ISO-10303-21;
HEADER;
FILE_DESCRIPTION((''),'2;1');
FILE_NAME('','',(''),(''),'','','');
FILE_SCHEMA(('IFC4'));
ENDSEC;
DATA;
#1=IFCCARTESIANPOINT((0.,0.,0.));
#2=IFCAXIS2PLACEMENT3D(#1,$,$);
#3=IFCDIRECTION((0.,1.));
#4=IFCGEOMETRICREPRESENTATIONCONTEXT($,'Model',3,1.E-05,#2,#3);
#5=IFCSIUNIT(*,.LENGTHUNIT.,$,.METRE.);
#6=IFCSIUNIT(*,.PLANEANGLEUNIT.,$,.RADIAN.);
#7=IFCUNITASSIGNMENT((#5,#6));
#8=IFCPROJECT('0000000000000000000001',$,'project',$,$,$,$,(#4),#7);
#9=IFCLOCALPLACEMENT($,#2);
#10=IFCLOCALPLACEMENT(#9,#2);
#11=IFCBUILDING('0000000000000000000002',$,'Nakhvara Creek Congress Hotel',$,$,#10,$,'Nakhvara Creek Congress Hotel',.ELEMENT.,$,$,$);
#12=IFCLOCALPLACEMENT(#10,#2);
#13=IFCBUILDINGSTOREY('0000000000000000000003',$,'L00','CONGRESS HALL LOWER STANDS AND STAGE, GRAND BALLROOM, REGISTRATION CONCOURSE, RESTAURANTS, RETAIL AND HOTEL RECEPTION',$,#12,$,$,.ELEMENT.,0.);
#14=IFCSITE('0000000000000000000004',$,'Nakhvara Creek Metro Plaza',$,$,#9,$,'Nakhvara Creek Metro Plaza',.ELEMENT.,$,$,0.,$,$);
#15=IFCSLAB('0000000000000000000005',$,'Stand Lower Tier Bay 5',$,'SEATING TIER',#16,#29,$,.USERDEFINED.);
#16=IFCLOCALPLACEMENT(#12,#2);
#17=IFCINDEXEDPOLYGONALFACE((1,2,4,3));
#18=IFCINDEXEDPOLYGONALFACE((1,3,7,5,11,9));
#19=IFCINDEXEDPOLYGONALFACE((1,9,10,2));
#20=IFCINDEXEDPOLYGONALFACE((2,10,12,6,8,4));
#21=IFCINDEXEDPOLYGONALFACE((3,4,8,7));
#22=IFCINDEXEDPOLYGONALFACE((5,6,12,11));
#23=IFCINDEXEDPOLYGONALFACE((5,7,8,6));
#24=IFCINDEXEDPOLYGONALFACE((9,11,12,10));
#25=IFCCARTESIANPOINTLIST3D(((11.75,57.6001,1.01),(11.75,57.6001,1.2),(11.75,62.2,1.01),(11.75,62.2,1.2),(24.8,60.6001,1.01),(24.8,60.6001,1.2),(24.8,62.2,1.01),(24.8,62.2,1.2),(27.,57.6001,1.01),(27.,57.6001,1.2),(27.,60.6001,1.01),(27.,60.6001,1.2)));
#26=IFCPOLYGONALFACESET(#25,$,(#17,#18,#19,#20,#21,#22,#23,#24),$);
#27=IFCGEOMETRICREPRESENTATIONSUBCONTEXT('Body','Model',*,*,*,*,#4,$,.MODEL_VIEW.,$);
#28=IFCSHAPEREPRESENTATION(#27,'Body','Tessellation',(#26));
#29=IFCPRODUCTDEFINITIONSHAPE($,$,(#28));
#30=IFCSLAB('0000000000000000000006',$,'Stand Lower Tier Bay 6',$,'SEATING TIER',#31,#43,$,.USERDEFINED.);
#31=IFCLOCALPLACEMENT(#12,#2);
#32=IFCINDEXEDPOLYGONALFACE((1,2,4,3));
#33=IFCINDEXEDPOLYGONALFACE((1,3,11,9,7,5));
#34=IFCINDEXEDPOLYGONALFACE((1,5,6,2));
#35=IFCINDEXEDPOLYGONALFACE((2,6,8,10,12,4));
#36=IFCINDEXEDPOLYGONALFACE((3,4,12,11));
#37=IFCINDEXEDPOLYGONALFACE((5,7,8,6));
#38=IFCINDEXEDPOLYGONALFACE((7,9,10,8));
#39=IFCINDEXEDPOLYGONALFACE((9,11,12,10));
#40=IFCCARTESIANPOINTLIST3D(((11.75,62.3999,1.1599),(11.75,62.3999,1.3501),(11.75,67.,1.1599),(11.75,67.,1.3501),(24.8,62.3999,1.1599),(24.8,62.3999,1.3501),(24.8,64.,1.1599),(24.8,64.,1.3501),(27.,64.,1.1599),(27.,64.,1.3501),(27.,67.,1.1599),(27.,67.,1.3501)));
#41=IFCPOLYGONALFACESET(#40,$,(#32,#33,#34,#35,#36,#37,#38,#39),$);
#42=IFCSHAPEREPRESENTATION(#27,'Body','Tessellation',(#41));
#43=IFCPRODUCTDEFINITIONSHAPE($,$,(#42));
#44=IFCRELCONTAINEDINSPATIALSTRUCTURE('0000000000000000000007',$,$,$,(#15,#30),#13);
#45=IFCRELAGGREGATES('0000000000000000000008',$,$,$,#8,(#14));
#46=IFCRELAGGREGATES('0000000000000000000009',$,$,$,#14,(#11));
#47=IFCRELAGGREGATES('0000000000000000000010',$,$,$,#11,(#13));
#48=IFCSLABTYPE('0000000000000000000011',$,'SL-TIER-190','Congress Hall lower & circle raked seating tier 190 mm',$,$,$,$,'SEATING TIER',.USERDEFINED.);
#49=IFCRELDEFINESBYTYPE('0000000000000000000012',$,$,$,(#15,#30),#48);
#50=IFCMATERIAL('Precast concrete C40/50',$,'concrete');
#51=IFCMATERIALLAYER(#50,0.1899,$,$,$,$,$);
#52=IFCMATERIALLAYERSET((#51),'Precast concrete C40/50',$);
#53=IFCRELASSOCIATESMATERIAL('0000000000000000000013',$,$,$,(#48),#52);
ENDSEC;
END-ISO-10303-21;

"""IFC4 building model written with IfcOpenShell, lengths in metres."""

from ifc_helpers import new_model, si_unit, direction, frame, origin, place, context, subcontext, project, spatial, polyline, outline, extrude, material, layer, layer_set, type_object, element, save


model = new_model("IFC4")

# Units and contexts
model_context = context("Model", 3, precision=1e-05, world=origin(), true_north=direction((0.0, 1.0)))
body_context = subcontext(model_context, "Body", "Model", "MODEL_VIEW")
ifc_project = project(units=[si_unit("LENGTHUNIT", "METRE"), si_unit("PLANEANGLEUNIT", "RADIAN")], contexts=[model_context])

# Site, building, storey
site_placement = place(None, origin())
site = spatial("IfcSite", under=ifc_project, at=site_placement, Name="Nakhvara Creek Metro Plaza", LongName="Nakhvara Creek Metro Plaza", CompositionType="ELEMENT", RefElevation=0.0)
building_placement = place(site_placement, origin())
building = spatial("IfcBuilding", under=site, at=building_placement, Name="Nakhvara Creek Congress Hotel", LongName="Nakhvara Creek Congress Hotel", CompositionType="ELEMENT")
storey_placement = place(building_placement, origin())
storey = spatial("IfcBuildingStorey", under=building, at=storey_placement, Name="L00", Description="CONGRESS HALL LOWER STANDS AND STAGE, GRAND BALLROOM, REGISTRATION CONCOURSE, RESTAURANTS, RETAIL AND HOTEL RECEPTION", CompositionType="ELEMENT", Elevation=0.0)

# Slabs
ifc_material_1 = material(Name="Precast concrete C40/50", Category="concrete")
ifc_layer_1 = layer(ifc_material_1, 0.1899)
ifc_layer_set_1 = layer_set([ifc_layer_1], Name="Precast concrete C40/50")
slab_type_1 = type_object("IfcSlabType", Name="SL-TIER-190", Description="Congress Hall lower & circle raked seating tier 190 mm", ElementType="SEATING TIER", PredefinedType="USERDEFINED", material=ifc_layer_set_1)
slab_1_placement = place(storey_placement, frame((0.0, 0.0, 1.01)))
element("IfcSlab", 1, at=slab_1_placement, inside=storey, type_object=slab_type_1, Name="Stand Lower Tier Bay 5", ObjectType="SEATING TIER", PredefinedType="USERDEFINED", context=body_context, shape_type="SweptSolid", body=[
    extrude(outline(polyline([(11.75, 57.6001), (27.0, 57.6001), (27.0, 60.6001), (24.8, 60.6001), (24.8, 62.2), (11.75, 62.2), (11.75, 57.6001)])), origin(), (0.0, 0.0, 1.0), 0.1899),
])
slab_2_placement = place(storey_placement, frame((0.0, 0.0, 1.1599)))
element("IfcSlab", 2, at=slab_2_placement, inside=storey, type_object=slab_type_1, Name="Stand Lower Tier Bay 6", ObjectType="SEATING TIER", PredefinedType="USERDEFINED", context=body_context, shape_type="SweptSolid", body=[
    extrude(outline(polyline([(11.75, 62.3999), (24.8, 62.3999), (24.8, 64.0), (27.0, 64.0), (27.0, 67.0), (11.75, 67.0), (11.75, 62.3999)])), origin(), (0.0, 0.0, 1.0), 0.1902),
])

save(model, "model.ifc")
